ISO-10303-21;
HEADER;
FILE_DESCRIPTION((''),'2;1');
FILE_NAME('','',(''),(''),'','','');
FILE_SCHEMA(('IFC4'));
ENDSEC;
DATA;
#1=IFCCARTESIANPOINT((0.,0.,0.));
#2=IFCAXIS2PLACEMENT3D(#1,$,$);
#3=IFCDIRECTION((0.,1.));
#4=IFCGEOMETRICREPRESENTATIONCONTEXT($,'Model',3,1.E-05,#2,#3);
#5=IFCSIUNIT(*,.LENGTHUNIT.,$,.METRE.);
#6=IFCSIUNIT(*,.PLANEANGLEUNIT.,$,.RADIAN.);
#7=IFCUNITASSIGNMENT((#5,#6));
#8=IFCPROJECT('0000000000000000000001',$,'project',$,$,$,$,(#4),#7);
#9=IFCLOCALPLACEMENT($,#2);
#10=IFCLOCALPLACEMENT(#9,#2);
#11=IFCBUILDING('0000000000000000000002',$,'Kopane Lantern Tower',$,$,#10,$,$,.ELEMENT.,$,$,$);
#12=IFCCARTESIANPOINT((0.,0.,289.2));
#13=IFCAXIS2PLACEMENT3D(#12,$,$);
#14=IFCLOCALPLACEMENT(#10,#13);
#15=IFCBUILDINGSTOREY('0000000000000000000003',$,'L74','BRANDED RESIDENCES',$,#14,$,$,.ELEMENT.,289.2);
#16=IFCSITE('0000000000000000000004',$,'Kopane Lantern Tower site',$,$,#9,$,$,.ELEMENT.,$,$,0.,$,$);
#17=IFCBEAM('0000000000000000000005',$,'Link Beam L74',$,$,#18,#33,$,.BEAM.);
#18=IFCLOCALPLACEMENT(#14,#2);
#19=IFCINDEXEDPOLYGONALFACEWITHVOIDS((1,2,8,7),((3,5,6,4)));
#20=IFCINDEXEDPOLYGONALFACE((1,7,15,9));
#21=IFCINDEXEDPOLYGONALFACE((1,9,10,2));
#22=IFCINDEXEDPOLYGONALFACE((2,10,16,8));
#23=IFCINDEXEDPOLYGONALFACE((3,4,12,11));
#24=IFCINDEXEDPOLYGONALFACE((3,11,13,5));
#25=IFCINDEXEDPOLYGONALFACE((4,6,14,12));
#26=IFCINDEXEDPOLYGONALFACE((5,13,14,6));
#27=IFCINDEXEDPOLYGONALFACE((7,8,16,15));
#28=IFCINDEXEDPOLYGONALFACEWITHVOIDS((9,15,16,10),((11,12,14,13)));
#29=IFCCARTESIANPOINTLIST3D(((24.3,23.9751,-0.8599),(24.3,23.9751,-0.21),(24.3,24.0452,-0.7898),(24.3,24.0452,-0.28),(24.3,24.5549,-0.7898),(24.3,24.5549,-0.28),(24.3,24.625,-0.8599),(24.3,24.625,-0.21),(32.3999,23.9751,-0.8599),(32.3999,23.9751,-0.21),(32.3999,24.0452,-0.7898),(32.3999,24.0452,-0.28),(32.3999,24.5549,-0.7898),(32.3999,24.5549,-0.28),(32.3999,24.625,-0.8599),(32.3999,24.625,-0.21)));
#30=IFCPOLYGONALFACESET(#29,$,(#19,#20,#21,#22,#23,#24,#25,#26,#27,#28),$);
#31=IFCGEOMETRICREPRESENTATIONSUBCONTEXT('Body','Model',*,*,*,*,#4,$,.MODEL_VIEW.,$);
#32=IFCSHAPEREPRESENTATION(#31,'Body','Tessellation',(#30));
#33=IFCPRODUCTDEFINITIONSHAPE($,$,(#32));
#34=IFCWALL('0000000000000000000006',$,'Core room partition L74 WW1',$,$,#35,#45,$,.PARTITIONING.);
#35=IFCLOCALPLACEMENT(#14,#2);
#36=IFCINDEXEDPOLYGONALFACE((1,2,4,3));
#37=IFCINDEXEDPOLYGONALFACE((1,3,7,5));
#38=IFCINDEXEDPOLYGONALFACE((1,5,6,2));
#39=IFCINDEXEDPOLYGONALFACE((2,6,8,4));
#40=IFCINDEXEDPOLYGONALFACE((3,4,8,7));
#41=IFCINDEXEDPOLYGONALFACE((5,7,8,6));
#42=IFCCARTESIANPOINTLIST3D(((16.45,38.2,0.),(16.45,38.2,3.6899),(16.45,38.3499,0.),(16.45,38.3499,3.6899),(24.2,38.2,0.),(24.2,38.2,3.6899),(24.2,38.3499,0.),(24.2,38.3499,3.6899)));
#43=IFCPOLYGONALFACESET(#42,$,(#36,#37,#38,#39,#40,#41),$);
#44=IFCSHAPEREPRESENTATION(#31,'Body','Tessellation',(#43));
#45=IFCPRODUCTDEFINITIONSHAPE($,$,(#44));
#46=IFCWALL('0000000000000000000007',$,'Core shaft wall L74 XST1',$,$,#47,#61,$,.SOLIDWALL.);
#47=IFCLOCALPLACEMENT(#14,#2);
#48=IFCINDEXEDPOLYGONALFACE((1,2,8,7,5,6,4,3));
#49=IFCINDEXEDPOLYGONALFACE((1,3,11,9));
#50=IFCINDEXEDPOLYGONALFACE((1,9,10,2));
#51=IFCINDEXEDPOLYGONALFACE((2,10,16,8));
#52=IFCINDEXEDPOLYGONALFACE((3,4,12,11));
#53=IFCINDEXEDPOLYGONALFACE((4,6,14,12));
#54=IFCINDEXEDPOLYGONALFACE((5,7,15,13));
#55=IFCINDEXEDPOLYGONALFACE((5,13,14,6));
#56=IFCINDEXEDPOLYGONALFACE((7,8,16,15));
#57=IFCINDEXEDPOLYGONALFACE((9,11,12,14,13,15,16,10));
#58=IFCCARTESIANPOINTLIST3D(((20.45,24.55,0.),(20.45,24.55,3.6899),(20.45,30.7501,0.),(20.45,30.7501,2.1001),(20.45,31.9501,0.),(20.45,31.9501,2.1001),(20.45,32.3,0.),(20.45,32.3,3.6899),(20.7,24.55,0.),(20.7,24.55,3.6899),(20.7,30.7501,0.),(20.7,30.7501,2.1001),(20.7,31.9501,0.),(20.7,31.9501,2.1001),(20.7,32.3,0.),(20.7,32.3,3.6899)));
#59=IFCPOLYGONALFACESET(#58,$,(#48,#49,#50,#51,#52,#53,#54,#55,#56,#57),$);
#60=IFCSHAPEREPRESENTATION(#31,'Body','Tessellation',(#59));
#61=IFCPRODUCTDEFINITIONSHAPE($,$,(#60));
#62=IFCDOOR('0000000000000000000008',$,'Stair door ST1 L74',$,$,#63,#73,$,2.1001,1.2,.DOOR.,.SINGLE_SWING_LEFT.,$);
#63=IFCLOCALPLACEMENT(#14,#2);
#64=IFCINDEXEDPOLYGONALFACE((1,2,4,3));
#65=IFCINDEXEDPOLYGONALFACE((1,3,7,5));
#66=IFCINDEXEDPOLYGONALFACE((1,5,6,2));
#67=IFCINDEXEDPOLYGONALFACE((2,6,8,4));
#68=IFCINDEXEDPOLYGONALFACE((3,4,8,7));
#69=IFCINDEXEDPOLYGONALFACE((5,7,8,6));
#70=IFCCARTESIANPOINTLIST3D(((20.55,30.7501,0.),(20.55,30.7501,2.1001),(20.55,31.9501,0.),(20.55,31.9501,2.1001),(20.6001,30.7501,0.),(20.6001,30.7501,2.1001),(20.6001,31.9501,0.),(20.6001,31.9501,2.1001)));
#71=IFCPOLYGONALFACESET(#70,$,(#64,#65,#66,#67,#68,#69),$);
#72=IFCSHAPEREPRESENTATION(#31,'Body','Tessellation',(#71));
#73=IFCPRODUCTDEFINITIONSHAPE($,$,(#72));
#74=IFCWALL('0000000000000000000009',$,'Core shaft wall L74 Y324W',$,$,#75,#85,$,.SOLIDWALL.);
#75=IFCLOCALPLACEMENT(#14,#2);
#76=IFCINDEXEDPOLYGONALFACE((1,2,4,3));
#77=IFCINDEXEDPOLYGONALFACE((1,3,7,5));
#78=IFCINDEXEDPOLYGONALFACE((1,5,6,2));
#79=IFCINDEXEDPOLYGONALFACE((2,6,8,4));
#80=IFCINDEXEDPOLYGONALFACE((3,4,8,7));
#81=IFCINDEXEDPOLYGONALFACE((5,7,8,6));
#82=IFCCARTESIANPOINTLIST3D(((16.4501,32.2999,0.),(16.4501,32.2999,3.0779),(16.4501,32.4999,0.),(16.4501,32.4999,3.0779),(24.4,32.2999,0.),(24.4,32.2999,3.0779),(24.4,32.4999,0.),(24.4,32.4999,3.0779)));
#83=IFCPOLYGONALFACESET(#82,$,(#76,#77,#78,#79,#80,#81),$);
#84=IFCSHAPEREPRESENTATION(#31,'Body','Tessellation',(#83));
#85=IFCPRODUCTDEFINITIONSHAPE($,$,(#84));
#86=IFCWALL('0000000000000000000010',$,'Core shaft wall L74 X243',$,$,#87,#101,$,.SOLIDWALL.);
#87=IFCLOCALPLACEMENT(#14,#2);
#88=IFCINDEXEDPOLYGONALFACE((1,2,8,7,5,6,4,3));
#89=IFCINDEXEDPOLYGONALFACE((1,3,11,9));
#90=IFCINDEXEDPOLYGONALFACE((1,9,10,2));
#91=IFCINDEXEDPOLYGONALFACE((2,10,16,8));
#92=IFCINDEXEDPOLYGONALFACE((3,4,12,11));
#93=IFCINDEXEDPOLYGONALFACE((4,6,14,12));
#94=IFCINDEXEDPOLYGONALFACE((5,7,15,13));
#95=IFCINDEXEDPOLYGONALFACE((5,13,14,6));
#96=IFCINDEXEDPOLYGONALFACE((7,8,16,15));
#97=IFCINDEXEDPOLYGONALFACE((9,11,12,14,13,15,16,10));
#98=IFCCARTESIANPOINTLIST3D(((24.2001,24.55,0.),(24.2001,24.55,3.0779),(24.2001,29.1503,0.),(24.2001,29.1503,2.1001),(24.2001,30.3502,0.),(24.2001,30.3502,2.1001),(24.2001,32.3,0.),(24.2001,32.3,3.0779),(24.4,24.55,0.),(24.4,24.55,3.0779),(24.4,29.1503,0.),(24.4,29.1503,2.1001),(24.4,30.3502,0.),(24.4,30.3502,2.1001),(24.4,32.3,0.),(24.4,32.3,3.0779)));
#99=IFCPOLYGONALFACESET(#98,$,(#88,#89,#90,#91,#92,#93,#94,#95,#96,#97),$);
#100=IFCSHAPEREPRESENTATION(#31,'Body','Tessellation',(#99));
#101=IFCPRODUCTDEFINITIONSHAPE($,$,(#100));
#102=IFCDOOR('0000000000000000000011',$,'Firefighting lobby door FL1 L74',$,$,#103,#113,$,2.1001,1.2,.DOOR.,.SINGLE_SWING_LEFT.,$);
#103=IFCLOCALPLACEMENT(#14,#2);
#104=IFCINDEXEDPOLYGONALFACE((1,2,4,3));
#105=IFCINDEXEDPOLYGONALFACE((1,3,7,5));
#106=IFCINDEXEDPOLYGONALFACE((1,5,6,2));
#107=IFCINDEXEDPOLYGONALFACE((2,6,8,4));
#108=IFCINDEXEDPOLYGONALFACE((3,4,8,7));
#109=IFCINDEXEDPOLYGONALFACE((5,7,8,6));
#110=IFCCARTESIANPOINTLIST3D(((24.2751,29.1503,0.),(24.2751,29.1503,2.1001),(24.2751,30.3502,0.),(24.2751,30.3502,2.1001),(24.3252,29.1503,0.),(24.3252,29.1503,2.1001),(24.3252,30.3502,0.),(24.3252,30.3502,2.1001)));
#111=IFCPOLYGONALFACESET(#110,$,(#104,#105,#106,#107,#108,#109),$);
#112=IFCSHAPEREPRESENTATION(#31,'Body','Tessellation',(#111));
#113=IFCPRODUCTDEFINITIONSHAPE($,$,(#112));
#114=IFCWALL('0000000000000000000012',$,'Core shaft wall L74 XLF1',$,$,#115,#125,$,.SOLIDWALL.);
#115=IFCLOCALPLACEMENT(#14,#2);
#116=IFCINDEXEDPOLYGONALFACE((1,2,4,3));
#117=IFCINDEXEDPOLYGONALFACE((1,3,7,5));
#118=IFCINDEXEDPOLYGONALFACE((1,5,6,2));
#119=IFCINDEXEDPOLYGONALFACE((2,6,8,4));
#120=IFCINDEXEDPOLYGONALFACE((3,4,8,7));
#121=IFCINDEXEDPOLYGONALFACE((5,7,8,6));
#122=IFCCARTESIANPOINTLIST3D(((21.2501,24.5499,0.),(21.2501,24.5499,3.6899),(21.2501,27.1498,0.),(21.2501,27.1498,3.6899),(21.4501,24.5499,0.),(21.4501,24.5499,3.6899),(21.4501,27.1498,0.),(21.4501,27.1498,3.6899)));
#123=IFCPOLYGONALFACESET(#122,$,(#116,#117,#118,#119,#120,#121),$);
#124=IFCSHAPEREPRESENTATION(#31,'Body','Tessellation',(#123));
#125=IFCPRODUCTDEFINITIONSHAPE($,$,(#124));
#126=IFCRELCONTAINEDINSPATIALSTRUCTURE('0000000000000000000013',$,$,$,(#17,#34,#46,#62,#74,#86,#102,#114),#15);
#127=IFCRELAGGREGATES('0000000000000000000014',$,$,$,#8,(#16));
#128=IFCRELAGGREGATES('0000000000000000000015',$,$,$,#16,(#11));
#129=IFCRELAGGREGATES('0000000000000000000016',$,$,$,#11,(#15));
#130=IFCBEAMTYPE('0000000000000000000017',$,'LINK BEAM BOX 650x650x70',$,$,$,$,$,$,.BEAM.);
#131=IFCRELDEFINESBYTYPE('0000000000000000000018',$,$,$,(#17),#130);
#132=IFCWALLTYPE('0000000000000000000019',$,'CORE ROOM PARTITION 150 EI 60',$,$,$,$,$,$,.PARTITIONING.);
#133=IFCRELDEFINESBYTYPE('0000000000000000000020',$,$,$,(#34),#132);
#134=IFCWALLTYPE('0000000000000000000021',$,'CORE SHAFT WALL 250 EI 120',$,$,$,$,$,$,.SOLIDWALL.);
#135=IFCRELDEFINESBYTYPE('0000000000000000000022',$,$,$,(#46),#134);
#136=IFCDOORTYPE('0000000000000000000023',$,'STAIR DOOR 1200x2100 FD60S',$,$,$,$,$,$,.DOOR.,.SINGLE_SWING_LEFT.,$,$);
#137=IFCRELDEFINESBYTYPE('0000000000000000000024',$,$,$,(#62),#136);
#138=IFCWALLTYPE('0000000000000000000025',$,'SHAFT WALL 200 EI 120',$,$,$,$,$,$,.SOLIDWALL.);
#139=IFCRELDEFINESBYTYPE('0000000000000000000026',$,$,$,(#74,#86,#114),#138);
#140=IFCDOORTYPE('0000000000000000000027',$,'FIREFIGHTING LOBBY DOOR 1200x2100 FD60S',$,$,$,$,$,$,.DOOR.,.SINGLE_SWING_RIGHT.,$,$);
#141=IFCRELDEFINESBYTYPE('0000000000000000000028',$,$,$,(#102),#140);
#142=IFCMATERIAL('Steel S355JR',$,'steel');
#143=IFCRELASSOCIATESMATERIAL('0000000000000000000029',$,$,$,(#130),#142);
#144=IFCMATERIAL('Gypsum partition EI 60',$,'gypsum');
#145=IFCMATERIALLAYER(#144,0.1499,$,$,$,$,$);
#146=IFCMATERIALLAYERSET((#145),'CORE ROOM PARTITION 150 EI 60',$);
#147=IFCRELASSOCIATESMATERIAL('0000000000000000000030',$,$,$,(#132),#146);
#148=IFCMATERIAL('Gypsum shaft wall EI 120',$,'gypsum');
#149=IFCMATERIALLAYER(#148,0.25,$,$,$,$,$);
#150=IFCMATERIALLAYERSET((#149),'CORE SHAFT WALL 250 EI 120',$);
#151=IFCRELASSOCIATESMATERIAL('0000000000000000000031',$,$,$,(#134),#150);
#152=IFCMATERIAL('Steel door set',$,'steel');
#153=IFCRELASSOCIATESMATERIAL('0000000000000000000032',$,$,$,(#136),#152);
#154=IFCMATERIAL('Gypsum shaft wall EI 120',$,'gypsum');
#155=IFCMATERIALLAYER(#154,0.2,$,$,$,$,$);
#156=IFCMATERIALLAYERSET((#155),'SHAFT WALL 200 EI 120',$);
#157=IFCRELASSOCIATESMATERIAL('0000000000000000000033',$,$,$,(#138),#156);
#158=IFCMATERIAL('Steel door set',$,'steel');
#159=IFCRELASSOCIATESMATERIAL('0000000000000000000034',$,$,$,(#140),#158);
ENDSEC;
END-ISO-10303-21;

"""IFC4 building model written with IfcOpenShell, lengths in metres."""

from ifc_helpers import new_model, si_unit, direction, frame, frame_2d, origin, origin_2d, place, context, subcontext, project, spatial, rectangle, hollow_rectangle, extrude, material, layer, layer_set, material_profile, profile_set, type_object, element, fill, save


model = new_model("IFC4")

# Units and contexts
model_context = context("Model", 3, precision=1e-05, world=origin(), true_north=direction((0.0, 1.0)))
body_context = subcontext(model_context, "Body", "Model", "MODEL_VIEW")
ifc_project = project(units=[si_unit("LENGTHUNIT", "METRE"), si_unit("PLANEANGLEUNIT", "RADIAN")], contexts=[model_context])

# Site, building, storey
site_placement = place(None, origin())
site = spatial("IfcSite", under=ifc_project, at=site_placement, Name="Kopane Lantern Tower site", CompositionType="ELEMENT", RefElevation=0.0)
building_placement = place(site_placement, origin())
building = spatial("IfcBuilding", under=site, at=building_placement, Name="Kopane Lantern Tower", CompositionType="ELEMENT")
storey_placement = place(building_placement, frame((0.0, 0.0, 289.2)))
storey = spatial("IfcBuildingStorey", under=building, at=storey_placement, Name="L74", Description="BRANDED RESIDENCES", CompositionType="ELEMENT", Elevation=289.2)

# Beam
ifc_material_1 = material(Name="Steel S355JR", Category="steel")
ifc_material_profile_1 = material_profile(ifc_material_1, hollow_rectangle(XDim=0.6499, YDim=0.6499, WallThickness=0.0701, at=origin_2d()), Name="BOX 650x650x70")
ifc_profile_set_1 = profile_set([ifc_material_profile_1], Name="Steel S355JR")
beam_type_1 = type_object("IfcBeamType", Name="LINK BEAM BOX 650x650x70", PredefinedType="BEAM", material=ifc_profile_set_1)
beam_1_placement = place(storey_placement, frame((24.3, 24.3, -0.5349), z_axis=(1.0, 0.0, 0.0), x_axis=(0.0, 1.0, 0.0)))
element("IfcBeam", 1, at=beam_1_placement, inside=storey, type_object=beam_type_1, Name="Link Beam L74", PredefinedType="BEAM", context=body_context, shape_type="SweptSolid", body=[
    extrude(hollow_rectangle(XDim=0.6499, YDim=0.6499, WallThickness=0.0701, at=origin_2d()), origin(), (0.0, 0.0, 1.0), 8.0999),
])

# Wall
ifc_material_2 = material(Name="Gypsum partition EI 60", Category="gypsum")
ifc_layer_1 = layer(ifc_material_2, 0.1499)
ifc_layer_set_1 = layer_set([ifc_layer_1], Name="CORE ROOM PARTITION 150 EI 60")
wall_type_1 = type_object("IfcWallType", Name="CORE ROOM PARTITION 150 EI 60", PredefinedType="PARTITIONING", material=ifc_layer_set_1)
wall_1_placement = place(storey_placement, frame((16.45, 38.2749, 0.0), z_axis=(0.0, 0.0, 1.0), x_axis=(1.0, 0.0, 0.0)))
element("IfcWall", 2, at=wall_1_placement, inside=storey, type_object=wall_type_1, Name="Core room partition L74 WW1", PredefinedType="PARTITIONING", context=body_context, shape_type="SweptSolid", body=[
    extrude(rectangle(XDim=7.75, YDim=0.1499, at=frame_2d((3.875, 0.0))), origin(), (0.0, 0.0, 1.0), 3.6899),
])

# Wall, opening, door
ifc_material_3 = material(Name="Gypsum shaft wall EI 120", Category="gypsum")
ifc_layer_2 = layer(ifc_material_3, 0.25)
ifc_layer_set_2 = layer_set([ifc_layer_2], Name="CORE SHAFT WALL 250 EI 120")
wall_type_2 = type_object("IfcWallType", Name="CORE SHAFT WALL 250 EI 120", PredefinedType="SOLIDWALL", material=ifc_layer_set_2)
wall_2_placement = place(storey_placement, frame((20.575, 24.55, 0.0), z_axis=(0.0, 0.0, 1.0), x_axis=(0.0, 1.0, 0.0)))
wall_2 = element("IfcWall", 3, at=wall_2_placement, inside=storey, type_object=wall_type_2, Name="Core shaft wall L74 XST1", PredefinedType="SOLIDWALL", context=body_context, shape_type="SweptSolid", body=[
    extrude(rectangle(XDim=7.75, YDim=0.25, at=frame_2d((3.875, 0.0))), origin(), (0.0, 0.0, 1.0), 3.6899),
])
opening_1_placement = place(wall_2_placement, frame((6.2, 0.0, 0.0)))
opening_1 = element("IfcOpeningElement", 4, at=opening_1_placement, cuts=wall_2, PredefinedType="OPENING", context=body_context, shape_type="SweptSolid", body=[
    extrude(rectangle(XDim=1.2, YDim=2.1001, at=frame_2d((0.6001, 1.05))), frame((0.0, 0.135, 0.0), z_axis=(0.0, -1.0, 0.0), x_axis=(1.0, 0.0, 0.0)), (0.0, 0.0, 1.0), 0.27),
])
ifc_material_4 = material(Name="Steel door set", Category="steel")
door_type_1 = type_object("IfcDoorType", Name="STAIR DOOR 1200x2100 FD60S", OperationType="SINGLE_SWING_LEFT", PredefinedType="DOOR", material=ifc_material_4)
door_1_placement = place(opening_1_placement, origin())
door_1 = element("IfcDoor", 5, at=door_1_placement, inside=storey, type_object=door_type_1, Name="Stair door ST1 L74", OperationType="SINGLE_SWING_LEFT", OverallHeight=2.1001, OverallWidth=1.2, PredefinedType="DOOR", context=body_context, shape_type="SweptSolid", body=[
    extrude(rectangle(XDim=1.2, YDim=2.1001, at=frame_2d((0.6001, 1.05))), frame((0.0, 0.0249, 0.0), z_axis=(0.0, -1.0, 0.0), x_axis=(1.0, 0.0, 0.0)), (0.0, 0.0, 1.0), 0.05),
])
fill(opening_1, door_1)

# Wall
ifc_material_5 = material(Name="Gypsum shaft wall EI 120", Category="gypsum")
ifc_layer_3 = layer(ifc_material_5, 0.2)
ifc_layer_set_3 = layer_set([ifc_layer_3], Name="SHAFT WALL 200 EI 120")
wall_type_3 = type_object("IfcWallType", Name="SHAFT WALL 200 EI 120", PredefinedType="SOLIDWALL", material=ifc_layer_set_3)
wall_3_placement = place(storey_placement, frame((16.45, 32.3999, 0.0), z_axis=(0.0, 0.0, 1.0), x_axis=(1.0, 0.0, 0.0)))
element("IfcWall", 6, at=wall_3_placement, inside=storey, type_object=wall_type_3, Name="Core shaft wall L74 Y324W", PredefinedType="SOLIDWALL", context=body_context, shape_type="SweptSolid", body=[
    extrude(rectangle(XDim=7.95, YDim=0.2, at=frame_2d((3.9751, 0.0))), origin(), (0.0, 0.0, 1.0), 3.0779),
])

# Wall, opening, door
wall_4_placement = place(storey_placement, frame((24.3, 24.55, 0.0), z_axis=(0.0, 0.0, 1.0), x_axis=(0.0, 1.0, 0.0)))
wall_4 = element("IfcWall", 7, at=wall_4_placement, inside=storey, type_object=wall_type_3, Name="Core shaft wall L74 X243", PredefinedType="SOLIDWALL", context=body_context, shape_type="SweptSolid", body=[
    extrude(rectangle(XDim=7.75, YDim=0.2, at=frame_2d((3.875, 0.0))), origin(), (0.0, 0.0, 1.0), 3.0779),
])
opening_2_placement = place(wall_4_placement, frame((4.6001, 0.0, 0.0)))
opening_2 = element("IfcOpeningElement", 8, at=opening_2_placement, cuts=wall_4, PredefinedType="OPENING", context=body_context, shape_type="SweptSolid", body=[
    extrude(rectangle(XDim=1.2, YDim=2.1001, at=frame_2d((0.6001, 1.05))), frame((0.0, 0.1099, 0.0), z_axis=(0.0, -1.0, 0.0), x_axis=(1.0, 0.0, 0.0)), (0.0, 0.0, 1.0), 0.22),
])
ifc_material_6 = material(Name="Steel door set", Category="steel")
door_type_2 = type_object("IfcDoorType", Name="FIREFIGHTING LOBBY DOOR 1200x2100 FD60S", OperationType="SINGLE_SWING_RIGHT", PredefinedType="DOOR", material=ifc_material_6)
door_2_placement = place(opening_2_placement, origin())
door_2 = element("IfcDoor", 9, at=door_2_placement, inside=storey, type_object=door_type_2, Name="Firefighting lobby door FL1 L74", OperationType="SINGLE_SWING_LEFT", OverallHeight=2.1001, OverallWidth=1.2, PredefinedType="DOOR", context=body_context, shape_type="SweptSolid", body=[
    extrude(rectangle(XDim=1.2, YDim=2.1001, at=frame_2d((0.6001, 1.05))), frame((0.0, 0.0249, 0.0), z_axis=(0.0, -1.0, 0.0), x_axis=(1.0, 0.0, 0.0)), (0.0, 0.0, 1.0), 0.05),
])
fill(opening_2, door_2)

# Wall
wall_5_placement = place(storey_placement, frame((21.3501, 24.55, 0.0), z_axis=(0.0, 0.0, 1.0), x_axis=(0.0, 1.0, 0.0)))
element("IfcWall", 10, at=wall_5_placement, inside=storey, type_object=wall_type_3, Name="Core shaft wall L74 XLF1", PredefinedType="SOLIDWALL", context=body_context, shape_type="SweptSolid", body=[
    extrude(rectangle(XDim=2.5999, YDim=0.2, at=frame_2d((1.2998, 0.0))), origin(), (0.0, 0.0, 1.0), 3.6899),
])

save(model, "model.ifc")
